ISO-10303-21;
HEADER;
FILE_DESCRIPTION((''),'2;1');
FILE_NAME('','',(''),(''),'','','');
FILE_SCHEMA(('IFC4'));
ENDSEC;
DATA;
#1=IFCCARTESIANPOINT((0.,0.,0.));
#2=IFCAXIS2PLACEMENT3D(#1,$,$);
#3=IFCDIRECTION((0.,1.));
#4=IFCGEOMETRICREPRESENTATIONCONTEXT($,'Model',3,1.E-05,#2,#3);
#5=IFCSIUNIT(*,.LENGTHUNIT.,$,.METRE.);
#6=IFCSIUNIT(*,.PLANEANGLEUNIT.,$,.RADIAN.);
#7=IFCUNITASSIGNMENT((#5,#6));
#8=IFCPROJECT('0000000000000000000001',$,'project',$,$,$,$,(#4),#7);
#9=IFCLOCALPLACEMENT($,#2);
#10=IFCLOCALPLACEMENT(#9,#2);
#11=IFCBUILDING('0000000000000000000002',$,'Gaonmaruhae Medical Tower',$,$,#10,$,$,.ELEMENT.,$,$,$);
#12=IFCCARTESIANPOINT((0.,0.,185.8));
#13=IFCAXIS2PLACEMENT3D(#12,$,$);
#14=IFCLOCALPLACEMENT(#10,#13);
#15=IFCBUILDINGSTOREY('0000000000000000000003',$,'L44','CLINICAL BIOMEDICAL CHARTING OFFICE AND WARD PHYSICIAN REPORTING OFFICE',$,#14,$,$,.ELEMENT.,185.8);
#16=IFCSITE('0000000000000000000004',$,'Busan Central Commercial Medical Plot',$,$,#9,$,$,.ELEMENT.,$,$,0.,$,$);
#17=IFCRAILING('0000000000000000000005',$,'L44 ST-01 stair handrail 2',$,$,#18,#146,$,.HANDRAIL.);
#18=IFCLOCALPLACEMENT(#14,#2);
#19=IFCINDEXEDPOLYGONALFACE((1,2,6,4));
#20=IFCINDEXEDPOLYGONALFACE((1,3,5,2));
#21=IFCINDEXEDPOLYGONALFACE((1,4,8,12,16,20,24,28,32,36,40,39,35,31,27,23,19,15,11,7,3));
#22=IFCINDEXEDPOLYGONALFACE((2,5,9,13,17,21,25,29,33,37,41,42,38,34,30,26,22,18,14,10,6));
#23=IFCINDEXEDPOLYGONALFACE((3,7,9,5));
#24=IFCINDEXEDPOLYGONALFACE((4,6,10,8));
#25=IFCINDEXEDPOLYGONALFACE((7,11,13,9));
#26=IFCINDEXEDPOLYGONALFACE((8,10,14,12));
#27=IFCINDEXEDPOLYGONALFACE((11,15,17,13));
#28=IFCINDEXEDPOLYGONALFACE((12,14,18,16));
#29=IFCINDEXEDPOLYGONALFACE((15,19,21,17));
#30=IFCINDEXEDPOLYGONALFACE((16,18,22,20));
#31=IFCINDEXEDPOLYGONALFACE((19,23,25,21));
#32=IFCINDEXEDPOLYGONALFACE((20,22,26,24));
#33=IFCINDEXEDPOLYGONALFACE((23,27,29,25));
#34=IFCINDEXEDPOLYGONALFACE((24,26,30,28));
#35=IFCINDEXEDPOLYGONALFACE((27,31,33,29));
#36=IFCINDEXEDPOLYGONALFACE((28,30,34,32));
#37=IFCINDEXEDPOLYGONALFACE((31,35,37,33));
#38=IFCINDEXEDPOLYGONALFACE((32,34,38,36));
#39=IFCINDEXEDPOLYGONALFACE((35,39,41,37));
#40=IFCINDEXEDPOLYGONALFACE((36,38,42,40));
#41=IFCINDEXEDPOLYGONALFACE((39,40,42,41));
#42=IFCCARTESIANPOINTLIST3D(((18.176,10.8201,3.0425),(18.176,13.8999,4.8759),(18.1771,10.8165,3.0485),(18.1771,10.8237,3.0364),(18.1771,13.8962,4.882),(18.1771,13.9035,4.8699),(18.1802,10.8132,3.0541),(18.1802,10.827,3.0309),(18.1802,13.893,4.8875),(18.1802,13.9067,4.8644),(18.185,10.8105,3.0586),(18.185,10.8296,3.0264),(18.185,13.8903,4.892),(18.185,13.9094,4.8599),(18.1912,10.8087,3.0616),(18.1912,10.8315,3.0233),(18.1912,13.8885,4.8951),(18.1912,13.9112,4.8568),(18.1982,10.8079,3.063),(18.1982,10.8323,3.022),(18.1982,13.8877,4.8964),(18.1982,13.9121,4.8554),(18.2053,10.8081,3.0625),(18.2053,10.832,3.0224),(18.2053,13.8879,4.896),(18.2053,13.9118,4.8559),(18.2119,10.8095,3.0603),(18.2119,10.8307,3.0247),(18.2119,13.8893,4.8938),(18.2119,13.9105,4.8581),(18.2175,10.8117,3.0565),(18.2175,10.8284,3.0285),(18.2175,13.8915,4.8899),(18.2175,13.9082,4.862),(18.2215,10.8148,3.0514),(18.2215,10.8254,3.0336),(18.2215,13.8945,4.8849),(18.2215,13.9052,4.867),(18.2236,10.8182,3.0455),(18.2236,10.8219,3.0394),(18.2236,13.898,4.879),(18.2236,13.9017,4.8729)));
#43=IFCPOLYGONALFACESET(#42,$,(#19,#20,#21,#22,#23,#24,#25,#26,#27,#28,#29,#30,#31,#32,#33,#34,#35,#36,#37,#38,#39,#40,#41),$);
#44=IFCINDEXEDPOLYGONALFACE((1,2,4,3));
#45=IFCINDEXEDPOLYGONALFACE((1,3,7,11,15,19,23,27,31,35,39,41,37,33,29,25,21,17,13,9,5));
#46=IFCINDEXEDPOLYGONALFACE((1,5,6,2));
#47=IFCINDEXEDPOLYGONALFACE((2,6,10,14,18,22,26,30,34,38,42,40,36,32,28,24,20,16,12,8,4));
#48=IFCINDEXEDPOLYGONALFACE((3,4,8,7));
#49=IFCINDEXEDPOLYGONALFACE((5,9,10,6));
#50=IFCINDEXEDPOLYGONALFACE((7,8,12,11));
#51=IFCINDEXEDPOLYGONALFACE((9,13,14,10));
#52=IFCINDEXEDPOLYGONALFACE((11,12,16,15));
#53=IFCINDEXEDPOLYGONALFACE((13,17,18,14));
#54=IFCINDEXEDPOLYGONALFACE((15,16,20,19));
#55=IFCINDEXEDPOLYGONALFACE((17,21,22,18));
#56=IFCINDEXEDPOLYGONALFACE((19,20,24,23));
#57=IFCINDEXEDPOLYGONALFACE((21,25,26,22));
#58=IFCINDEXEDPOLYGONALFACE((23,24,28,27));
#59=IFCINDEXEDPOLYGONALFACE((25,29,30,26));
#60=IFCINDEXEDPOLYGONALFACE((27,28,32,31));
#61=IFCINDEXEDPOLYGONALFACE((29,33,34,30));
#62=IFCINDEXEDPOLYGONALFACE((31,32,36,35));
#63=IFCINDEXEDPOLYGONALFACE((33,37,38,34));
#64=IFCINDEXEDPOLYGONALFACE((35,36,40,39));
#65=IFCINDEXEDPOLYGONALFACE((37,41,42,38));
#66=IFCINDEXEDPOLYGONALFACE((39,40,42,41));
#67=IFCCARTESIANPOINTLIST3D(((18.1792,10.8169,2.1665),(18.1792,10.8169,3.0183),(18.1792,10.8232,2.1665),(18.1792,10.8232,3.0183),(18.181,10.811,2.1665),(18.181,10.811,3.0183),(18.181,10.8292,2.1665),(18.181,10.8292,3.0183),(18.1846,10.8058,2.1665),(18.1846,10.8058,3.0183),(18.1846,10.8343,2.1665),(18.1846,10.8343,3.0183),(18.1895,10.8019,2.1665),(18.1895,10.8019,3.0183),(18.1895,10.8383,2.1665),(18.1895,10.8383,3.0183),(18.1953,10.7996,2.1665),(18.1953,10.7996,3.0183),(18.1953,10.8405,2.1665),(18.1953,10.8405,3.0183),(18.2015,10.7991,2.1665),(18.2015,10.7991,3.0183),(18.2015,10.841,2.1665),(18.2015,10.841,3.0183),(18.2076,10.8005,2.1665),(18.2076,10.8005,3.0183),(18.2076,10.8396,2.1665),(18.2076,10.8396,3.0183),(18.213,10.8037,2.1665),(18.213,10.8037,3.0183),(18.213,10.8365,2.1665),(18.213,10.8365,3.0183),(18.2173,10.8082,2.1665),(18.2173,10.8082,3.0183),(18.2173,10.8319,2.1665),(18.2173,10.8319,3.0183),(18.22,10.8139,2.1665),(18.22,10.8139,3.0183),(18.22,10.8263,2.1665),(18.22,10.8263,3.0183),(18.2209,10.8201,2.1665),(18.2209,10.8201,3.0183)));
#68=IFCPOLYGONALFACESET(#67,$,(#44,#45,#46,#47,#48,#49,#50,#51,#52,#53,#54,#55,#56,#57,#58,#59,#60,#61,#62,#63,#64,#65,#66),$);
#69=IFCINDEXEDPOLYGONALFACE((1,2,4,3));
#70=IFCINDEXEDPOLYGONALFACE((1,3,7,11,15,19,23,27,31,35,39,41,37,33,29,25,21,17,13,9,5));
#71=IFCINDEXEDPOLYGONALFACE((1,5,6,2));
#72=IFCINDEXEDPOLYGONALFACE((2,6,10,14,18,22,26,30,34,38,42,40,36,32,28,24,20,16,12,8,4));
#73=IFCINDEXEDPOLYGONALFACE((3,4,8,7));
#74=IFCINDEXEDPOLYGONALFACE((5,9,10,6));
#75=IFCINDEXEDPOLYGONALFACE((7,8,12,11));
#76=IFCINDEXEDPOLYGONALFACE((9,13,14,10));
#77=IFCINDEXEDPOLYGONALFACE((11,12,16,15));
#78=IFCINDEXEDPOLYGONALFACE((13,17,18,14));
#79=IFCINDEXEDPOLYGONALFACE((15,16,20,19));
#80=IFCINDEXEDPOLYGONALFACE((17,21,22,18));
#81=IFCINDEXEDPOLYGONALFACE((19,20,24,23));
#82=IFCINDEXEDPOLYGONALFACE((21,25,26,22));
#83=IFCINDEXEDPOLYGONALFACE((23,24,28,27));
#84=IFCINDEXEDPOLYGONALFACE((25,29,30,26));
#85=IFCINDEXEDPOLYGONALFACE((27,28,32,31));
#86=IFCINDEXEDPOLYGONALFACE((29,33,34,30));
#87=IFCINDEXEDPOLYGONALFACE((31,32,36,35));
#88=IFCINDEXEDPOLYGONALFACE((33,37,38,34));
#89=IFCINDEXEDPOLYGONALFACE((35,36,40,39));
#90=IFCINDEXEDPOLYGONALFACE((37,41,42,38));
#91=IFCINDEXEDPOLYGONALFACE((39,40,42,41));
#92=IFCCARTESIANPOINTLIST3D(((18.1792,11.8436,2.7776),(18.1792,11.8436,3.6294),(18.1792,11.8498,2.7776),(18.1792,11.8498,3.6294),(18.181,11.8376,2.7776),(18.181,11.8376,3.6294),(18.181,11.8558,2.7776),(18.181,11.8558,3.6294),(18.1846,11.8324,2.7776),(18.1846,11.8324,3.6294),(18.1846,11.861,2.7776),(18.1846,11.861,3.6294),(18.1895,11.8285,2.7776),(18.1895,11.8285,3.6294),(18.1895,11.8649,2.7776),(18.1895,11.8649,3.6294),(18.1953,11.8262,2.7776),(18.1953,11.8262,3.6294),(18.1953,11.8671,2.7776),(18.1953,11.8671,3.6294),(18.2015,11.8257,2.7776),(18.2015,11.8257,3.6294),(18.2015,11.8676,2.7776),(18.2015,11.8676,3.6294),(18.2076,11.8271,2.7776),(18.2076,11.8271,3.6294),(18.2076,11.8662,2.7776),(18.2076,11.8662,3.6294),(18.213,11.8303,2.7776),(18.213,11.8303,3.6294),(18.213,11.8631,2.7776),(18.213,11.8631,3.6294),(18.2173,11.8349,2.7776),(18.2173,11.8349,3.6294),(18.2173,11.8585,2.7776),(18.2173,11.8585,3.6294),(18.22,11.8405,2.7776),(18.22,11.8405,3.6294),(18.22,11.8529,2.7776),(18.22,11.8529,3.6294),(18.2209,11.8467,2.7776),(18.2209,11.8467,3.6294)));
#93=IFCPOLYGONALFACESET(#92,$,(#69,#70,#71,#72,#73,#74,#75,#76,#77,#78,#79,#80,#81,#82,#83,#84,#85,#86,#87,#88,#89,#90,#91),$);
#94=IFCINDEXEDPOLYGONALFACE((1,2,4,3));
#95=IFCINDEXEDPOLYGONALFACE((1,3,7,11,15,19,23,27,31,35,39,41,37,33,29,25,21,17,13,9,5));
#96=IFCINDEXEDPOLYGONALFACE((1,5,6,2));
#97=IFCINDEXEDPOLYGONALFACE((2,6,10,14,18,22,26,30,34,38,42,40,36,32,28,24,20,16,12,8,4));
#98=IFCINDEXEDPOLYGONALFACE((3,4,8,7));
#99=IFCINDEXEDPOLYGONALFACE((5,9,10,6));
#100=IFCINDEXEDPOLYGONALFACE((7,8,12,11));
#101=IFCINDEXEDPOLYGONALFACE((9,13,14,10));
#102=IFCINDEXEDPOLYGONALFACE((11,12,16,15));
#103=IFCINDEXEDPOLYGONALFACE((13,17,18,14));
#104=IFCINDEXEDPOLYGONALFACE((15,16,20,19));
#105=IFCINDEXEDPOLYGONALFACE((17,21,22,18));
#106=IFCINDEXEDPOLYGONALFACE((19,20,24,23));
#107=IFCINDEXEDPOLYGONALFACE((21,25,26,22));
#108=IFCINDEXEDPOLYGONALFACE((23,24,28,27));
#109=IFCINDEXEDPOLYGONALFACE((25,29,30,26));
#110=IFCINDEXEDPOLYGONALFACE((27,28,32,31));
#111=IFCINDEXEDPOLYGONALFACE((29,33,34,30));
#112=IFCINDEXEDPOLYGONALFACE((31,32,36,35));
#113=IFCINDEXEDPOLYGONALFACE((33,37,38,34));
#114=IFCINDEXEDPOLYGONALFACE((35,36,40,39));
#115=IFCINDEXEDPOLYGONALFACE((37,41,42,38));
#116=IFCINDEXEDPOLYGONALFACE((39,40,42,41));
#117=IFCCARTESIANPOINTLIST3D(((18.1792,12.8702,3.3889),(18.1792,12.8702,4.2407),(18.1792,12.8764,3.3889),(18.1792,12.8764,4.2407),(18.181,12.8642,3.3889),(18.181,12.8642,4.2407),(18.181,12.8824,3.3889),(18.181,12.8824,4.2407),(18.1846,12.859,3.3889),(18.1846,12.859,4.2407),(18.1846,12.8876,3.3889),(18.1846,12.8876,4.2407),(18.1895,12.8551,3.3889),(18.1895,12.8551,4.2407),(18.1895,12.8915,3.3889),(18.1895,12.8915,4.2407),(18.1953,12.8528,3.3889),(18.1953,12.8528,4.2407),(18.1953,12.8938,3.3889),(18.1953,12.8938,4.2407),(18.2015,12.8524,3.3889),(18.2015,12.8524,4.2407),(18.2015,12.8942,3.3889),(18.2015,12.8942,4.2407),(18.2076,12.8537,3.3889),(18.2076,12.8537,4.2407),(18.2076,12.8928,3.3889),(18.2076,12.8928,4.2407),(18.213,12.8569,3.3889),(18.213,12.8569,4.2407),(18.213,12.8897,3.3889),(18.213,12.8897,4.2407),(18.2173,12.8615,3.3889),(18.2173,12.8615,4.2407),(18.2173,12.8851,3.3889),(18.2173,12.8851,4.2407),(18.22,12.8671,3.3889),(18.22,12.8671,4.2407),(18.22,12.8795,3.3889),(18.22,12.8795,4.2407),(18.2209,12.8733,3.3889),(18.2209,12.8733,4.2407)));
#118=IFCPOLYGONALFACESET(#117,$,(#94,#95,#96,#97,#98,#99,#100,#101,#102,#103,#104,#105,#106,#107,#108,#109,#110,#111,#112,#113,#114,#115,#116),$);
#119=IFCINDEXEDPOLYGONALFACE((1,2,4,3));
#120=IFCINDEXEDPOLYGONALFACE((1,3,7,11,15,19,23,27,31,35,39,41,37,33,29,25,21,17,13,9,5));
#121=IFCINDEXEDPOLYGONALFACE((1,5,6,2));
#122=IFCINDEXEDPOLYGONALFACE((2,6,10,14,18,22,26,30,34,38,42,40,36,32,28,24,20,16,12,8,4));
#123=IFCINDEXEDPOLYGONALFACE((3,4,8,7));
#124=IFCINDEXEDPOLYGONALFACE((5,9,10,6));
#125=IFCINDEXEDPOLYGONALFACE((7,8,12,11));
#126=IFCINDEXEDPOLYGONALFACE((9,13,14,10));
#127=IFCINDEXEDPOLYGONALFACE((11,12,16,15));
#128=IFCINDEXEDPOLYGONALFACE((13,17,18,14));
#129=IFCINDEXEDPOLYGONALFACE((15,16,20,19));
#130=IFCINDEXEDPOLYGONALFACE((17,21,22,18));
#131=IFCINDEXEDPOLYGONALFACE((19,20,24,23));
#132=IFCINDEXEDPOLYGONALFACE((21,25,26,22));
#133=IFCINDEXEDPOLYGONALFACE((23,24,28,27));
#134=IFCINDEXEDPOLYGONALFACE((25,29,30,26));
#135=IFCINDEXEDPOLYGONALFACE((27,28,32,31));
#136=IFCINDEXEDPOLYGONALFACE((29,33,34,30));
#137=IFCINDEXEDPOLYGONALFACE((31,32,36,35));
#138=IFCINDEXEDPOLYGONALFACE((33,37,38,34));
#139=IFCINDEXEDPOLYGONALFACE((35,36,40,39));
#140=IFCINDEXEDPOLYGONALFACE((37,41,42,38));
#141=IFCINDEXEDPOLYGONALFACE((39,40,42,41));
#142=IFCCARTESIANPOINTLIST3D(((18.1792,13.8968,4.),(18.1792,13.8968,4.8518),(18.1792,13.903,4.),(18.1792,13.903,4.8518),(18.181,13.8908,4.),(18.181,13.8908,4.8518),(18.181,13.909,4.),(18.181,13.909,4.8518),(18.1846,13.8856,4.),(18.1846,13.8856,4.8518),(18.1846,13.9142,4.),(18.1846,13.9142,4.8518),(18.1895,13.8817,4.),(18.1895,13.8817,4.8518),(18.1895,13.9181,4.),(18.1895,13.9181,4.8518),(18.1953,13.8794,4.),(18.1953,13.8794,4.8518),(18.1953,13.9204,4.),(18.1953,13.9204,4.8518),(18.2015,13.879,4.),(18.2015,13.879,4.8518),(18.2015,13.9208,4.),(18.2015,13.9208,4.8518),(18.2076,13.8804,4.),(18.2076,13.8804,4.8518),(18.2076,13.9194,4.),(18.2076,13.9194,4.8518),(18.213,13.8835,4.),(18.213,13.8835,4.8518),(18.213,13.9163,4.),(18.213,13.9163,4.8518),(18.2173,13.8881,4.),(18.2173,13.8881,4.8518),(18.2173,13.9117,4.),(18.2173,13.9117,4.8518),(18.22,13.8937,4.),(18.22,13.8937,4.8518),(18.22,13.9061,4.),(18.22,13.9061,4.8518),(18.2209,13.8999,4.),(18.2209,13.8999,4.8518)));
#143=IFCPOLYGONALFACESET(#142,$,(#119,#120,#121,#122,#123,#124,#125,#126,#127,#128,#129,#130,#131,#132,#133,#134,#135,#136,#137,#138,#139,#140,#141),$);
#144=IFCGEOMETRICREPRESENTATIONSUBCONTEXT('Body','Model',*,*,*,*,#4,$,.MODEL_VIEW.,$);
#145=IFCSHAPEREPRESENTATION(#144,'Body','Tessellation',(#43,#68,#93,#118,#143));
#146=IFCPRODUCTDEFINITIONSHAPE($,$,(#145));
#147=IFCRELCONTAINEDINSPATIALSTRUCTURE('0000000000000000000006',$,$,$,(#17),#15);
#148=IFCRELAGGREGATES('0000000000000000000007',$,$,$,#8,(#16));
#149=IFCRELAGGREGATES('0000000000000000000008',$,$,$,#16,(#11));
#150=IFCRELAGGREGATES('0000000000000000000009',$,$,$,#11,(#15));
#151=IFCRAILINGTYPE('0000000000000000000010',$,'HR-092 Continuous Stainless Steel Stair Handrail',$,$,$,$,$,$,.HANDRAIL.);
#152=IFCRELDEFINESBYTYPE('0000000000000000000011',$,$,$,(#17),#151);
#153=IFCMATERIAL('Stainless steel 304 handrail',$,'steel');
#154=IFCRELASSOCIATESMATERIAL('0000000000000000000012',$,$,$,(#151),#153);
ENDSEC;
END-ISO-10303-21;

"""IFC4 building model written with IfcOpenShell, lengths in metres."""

from ifc_helpers import new_model, si_unit, direction, frame, origin, origin_2d, place, context, subcontext, project, spatial, circle, extrude, material, type_object, element, save


model = new_model("IFC4")

# Units and contexts
model_context = context("Model", 3, precision=1e-05, world=origin(), true_north=direction((0.0, 1.0)))
body_context = subcontext(model_context, "Body", "Model", "MODEL_VIEW")
ifc_project = project(units=[si_unit("LENGTHUNIT", "METRE"), si_unit("PLANEANGLEUNIT", "RADIAN")], contexts=[model_context])

# Site, building, storey
site_placement = place(None, origin())
site = spatial("IfcSite", under=ifc_project, at=site_placement, Name="Busan Central Commercial Medical Plot", CompositionType="ELEMENT", RefElevation=0.0)
building_placement = place(site_placement, origin())
building = spatial("IfcBuilding", under=site, at=building_placement, Name="Gaonmaruhae Medical Tower", CompositionType="ELEMENT")
storey_placement = place(building_placement, frame((0.0, 0.0, 185.8)))
storey = spatial("IfcBuildingStorey", under=building, at=storey_placement, Name="L44", Description="CLINICAL BIOMEDICAL CHARTING OFFICE AND WARD PHYSICIAN REPORTING OFFICE", CompositionType="ELEMENT", Elevation=185.8)

# Railing
ifc_material_1 = material(Name="Stainless steel 304 handrail", Category="steel")
railing_type_1 = type_object("IfcRailingType", Name="HR-092 Continuous Stainless Steel Stair Handrail", PredefinedType="HANDRAIL", material=ifc_material_1)
railing_1_placement = place(storey_placement, frame((18.2, 10.8201, 2.1665)))
element("IfcRailing", 1, at=railing_1_placement, inside=storey, type_object=railing_type_1, Name="L44 ST-01 stair handrail 2", PredefinedType="HANDRAIL", context=body_context, shape_type="SweptSolid", body=[
    extrude(circle(Radius=0.0239, at=origin_2d()), frame((0.0, 0.0, 0.876), z_axis=(0.0, 0.859261, 0.511538), x_axis=(-1.0, 0.0, 0.0)), (0.0, 0.0, 1.0), 3.5842),
    extrude(circle(Radius=0.021, at=origin_2d()), origin(), (0.0, 0.0, 1.0), 0.8518),
    extrude(circle(Radius=0.021, at=origin_2d()), frame((0.0, 1.0266, 0.6111)), (0.0, 0.0, 1.0), 0.8518),
    extrude(circle(Radius=0.021, at=origin_2d()), frame((0.0, 2.0532, 1.2224)), (0.0, 0.0, 1.0), 0.8518),
    extrude(circle(Radius=0.021, at=origin_2d()), frame((0.0, 3.0798, 1.8335)), (0.0, 0.0, 1.0), 0.8518),
])

save(model, "model.ifc")
